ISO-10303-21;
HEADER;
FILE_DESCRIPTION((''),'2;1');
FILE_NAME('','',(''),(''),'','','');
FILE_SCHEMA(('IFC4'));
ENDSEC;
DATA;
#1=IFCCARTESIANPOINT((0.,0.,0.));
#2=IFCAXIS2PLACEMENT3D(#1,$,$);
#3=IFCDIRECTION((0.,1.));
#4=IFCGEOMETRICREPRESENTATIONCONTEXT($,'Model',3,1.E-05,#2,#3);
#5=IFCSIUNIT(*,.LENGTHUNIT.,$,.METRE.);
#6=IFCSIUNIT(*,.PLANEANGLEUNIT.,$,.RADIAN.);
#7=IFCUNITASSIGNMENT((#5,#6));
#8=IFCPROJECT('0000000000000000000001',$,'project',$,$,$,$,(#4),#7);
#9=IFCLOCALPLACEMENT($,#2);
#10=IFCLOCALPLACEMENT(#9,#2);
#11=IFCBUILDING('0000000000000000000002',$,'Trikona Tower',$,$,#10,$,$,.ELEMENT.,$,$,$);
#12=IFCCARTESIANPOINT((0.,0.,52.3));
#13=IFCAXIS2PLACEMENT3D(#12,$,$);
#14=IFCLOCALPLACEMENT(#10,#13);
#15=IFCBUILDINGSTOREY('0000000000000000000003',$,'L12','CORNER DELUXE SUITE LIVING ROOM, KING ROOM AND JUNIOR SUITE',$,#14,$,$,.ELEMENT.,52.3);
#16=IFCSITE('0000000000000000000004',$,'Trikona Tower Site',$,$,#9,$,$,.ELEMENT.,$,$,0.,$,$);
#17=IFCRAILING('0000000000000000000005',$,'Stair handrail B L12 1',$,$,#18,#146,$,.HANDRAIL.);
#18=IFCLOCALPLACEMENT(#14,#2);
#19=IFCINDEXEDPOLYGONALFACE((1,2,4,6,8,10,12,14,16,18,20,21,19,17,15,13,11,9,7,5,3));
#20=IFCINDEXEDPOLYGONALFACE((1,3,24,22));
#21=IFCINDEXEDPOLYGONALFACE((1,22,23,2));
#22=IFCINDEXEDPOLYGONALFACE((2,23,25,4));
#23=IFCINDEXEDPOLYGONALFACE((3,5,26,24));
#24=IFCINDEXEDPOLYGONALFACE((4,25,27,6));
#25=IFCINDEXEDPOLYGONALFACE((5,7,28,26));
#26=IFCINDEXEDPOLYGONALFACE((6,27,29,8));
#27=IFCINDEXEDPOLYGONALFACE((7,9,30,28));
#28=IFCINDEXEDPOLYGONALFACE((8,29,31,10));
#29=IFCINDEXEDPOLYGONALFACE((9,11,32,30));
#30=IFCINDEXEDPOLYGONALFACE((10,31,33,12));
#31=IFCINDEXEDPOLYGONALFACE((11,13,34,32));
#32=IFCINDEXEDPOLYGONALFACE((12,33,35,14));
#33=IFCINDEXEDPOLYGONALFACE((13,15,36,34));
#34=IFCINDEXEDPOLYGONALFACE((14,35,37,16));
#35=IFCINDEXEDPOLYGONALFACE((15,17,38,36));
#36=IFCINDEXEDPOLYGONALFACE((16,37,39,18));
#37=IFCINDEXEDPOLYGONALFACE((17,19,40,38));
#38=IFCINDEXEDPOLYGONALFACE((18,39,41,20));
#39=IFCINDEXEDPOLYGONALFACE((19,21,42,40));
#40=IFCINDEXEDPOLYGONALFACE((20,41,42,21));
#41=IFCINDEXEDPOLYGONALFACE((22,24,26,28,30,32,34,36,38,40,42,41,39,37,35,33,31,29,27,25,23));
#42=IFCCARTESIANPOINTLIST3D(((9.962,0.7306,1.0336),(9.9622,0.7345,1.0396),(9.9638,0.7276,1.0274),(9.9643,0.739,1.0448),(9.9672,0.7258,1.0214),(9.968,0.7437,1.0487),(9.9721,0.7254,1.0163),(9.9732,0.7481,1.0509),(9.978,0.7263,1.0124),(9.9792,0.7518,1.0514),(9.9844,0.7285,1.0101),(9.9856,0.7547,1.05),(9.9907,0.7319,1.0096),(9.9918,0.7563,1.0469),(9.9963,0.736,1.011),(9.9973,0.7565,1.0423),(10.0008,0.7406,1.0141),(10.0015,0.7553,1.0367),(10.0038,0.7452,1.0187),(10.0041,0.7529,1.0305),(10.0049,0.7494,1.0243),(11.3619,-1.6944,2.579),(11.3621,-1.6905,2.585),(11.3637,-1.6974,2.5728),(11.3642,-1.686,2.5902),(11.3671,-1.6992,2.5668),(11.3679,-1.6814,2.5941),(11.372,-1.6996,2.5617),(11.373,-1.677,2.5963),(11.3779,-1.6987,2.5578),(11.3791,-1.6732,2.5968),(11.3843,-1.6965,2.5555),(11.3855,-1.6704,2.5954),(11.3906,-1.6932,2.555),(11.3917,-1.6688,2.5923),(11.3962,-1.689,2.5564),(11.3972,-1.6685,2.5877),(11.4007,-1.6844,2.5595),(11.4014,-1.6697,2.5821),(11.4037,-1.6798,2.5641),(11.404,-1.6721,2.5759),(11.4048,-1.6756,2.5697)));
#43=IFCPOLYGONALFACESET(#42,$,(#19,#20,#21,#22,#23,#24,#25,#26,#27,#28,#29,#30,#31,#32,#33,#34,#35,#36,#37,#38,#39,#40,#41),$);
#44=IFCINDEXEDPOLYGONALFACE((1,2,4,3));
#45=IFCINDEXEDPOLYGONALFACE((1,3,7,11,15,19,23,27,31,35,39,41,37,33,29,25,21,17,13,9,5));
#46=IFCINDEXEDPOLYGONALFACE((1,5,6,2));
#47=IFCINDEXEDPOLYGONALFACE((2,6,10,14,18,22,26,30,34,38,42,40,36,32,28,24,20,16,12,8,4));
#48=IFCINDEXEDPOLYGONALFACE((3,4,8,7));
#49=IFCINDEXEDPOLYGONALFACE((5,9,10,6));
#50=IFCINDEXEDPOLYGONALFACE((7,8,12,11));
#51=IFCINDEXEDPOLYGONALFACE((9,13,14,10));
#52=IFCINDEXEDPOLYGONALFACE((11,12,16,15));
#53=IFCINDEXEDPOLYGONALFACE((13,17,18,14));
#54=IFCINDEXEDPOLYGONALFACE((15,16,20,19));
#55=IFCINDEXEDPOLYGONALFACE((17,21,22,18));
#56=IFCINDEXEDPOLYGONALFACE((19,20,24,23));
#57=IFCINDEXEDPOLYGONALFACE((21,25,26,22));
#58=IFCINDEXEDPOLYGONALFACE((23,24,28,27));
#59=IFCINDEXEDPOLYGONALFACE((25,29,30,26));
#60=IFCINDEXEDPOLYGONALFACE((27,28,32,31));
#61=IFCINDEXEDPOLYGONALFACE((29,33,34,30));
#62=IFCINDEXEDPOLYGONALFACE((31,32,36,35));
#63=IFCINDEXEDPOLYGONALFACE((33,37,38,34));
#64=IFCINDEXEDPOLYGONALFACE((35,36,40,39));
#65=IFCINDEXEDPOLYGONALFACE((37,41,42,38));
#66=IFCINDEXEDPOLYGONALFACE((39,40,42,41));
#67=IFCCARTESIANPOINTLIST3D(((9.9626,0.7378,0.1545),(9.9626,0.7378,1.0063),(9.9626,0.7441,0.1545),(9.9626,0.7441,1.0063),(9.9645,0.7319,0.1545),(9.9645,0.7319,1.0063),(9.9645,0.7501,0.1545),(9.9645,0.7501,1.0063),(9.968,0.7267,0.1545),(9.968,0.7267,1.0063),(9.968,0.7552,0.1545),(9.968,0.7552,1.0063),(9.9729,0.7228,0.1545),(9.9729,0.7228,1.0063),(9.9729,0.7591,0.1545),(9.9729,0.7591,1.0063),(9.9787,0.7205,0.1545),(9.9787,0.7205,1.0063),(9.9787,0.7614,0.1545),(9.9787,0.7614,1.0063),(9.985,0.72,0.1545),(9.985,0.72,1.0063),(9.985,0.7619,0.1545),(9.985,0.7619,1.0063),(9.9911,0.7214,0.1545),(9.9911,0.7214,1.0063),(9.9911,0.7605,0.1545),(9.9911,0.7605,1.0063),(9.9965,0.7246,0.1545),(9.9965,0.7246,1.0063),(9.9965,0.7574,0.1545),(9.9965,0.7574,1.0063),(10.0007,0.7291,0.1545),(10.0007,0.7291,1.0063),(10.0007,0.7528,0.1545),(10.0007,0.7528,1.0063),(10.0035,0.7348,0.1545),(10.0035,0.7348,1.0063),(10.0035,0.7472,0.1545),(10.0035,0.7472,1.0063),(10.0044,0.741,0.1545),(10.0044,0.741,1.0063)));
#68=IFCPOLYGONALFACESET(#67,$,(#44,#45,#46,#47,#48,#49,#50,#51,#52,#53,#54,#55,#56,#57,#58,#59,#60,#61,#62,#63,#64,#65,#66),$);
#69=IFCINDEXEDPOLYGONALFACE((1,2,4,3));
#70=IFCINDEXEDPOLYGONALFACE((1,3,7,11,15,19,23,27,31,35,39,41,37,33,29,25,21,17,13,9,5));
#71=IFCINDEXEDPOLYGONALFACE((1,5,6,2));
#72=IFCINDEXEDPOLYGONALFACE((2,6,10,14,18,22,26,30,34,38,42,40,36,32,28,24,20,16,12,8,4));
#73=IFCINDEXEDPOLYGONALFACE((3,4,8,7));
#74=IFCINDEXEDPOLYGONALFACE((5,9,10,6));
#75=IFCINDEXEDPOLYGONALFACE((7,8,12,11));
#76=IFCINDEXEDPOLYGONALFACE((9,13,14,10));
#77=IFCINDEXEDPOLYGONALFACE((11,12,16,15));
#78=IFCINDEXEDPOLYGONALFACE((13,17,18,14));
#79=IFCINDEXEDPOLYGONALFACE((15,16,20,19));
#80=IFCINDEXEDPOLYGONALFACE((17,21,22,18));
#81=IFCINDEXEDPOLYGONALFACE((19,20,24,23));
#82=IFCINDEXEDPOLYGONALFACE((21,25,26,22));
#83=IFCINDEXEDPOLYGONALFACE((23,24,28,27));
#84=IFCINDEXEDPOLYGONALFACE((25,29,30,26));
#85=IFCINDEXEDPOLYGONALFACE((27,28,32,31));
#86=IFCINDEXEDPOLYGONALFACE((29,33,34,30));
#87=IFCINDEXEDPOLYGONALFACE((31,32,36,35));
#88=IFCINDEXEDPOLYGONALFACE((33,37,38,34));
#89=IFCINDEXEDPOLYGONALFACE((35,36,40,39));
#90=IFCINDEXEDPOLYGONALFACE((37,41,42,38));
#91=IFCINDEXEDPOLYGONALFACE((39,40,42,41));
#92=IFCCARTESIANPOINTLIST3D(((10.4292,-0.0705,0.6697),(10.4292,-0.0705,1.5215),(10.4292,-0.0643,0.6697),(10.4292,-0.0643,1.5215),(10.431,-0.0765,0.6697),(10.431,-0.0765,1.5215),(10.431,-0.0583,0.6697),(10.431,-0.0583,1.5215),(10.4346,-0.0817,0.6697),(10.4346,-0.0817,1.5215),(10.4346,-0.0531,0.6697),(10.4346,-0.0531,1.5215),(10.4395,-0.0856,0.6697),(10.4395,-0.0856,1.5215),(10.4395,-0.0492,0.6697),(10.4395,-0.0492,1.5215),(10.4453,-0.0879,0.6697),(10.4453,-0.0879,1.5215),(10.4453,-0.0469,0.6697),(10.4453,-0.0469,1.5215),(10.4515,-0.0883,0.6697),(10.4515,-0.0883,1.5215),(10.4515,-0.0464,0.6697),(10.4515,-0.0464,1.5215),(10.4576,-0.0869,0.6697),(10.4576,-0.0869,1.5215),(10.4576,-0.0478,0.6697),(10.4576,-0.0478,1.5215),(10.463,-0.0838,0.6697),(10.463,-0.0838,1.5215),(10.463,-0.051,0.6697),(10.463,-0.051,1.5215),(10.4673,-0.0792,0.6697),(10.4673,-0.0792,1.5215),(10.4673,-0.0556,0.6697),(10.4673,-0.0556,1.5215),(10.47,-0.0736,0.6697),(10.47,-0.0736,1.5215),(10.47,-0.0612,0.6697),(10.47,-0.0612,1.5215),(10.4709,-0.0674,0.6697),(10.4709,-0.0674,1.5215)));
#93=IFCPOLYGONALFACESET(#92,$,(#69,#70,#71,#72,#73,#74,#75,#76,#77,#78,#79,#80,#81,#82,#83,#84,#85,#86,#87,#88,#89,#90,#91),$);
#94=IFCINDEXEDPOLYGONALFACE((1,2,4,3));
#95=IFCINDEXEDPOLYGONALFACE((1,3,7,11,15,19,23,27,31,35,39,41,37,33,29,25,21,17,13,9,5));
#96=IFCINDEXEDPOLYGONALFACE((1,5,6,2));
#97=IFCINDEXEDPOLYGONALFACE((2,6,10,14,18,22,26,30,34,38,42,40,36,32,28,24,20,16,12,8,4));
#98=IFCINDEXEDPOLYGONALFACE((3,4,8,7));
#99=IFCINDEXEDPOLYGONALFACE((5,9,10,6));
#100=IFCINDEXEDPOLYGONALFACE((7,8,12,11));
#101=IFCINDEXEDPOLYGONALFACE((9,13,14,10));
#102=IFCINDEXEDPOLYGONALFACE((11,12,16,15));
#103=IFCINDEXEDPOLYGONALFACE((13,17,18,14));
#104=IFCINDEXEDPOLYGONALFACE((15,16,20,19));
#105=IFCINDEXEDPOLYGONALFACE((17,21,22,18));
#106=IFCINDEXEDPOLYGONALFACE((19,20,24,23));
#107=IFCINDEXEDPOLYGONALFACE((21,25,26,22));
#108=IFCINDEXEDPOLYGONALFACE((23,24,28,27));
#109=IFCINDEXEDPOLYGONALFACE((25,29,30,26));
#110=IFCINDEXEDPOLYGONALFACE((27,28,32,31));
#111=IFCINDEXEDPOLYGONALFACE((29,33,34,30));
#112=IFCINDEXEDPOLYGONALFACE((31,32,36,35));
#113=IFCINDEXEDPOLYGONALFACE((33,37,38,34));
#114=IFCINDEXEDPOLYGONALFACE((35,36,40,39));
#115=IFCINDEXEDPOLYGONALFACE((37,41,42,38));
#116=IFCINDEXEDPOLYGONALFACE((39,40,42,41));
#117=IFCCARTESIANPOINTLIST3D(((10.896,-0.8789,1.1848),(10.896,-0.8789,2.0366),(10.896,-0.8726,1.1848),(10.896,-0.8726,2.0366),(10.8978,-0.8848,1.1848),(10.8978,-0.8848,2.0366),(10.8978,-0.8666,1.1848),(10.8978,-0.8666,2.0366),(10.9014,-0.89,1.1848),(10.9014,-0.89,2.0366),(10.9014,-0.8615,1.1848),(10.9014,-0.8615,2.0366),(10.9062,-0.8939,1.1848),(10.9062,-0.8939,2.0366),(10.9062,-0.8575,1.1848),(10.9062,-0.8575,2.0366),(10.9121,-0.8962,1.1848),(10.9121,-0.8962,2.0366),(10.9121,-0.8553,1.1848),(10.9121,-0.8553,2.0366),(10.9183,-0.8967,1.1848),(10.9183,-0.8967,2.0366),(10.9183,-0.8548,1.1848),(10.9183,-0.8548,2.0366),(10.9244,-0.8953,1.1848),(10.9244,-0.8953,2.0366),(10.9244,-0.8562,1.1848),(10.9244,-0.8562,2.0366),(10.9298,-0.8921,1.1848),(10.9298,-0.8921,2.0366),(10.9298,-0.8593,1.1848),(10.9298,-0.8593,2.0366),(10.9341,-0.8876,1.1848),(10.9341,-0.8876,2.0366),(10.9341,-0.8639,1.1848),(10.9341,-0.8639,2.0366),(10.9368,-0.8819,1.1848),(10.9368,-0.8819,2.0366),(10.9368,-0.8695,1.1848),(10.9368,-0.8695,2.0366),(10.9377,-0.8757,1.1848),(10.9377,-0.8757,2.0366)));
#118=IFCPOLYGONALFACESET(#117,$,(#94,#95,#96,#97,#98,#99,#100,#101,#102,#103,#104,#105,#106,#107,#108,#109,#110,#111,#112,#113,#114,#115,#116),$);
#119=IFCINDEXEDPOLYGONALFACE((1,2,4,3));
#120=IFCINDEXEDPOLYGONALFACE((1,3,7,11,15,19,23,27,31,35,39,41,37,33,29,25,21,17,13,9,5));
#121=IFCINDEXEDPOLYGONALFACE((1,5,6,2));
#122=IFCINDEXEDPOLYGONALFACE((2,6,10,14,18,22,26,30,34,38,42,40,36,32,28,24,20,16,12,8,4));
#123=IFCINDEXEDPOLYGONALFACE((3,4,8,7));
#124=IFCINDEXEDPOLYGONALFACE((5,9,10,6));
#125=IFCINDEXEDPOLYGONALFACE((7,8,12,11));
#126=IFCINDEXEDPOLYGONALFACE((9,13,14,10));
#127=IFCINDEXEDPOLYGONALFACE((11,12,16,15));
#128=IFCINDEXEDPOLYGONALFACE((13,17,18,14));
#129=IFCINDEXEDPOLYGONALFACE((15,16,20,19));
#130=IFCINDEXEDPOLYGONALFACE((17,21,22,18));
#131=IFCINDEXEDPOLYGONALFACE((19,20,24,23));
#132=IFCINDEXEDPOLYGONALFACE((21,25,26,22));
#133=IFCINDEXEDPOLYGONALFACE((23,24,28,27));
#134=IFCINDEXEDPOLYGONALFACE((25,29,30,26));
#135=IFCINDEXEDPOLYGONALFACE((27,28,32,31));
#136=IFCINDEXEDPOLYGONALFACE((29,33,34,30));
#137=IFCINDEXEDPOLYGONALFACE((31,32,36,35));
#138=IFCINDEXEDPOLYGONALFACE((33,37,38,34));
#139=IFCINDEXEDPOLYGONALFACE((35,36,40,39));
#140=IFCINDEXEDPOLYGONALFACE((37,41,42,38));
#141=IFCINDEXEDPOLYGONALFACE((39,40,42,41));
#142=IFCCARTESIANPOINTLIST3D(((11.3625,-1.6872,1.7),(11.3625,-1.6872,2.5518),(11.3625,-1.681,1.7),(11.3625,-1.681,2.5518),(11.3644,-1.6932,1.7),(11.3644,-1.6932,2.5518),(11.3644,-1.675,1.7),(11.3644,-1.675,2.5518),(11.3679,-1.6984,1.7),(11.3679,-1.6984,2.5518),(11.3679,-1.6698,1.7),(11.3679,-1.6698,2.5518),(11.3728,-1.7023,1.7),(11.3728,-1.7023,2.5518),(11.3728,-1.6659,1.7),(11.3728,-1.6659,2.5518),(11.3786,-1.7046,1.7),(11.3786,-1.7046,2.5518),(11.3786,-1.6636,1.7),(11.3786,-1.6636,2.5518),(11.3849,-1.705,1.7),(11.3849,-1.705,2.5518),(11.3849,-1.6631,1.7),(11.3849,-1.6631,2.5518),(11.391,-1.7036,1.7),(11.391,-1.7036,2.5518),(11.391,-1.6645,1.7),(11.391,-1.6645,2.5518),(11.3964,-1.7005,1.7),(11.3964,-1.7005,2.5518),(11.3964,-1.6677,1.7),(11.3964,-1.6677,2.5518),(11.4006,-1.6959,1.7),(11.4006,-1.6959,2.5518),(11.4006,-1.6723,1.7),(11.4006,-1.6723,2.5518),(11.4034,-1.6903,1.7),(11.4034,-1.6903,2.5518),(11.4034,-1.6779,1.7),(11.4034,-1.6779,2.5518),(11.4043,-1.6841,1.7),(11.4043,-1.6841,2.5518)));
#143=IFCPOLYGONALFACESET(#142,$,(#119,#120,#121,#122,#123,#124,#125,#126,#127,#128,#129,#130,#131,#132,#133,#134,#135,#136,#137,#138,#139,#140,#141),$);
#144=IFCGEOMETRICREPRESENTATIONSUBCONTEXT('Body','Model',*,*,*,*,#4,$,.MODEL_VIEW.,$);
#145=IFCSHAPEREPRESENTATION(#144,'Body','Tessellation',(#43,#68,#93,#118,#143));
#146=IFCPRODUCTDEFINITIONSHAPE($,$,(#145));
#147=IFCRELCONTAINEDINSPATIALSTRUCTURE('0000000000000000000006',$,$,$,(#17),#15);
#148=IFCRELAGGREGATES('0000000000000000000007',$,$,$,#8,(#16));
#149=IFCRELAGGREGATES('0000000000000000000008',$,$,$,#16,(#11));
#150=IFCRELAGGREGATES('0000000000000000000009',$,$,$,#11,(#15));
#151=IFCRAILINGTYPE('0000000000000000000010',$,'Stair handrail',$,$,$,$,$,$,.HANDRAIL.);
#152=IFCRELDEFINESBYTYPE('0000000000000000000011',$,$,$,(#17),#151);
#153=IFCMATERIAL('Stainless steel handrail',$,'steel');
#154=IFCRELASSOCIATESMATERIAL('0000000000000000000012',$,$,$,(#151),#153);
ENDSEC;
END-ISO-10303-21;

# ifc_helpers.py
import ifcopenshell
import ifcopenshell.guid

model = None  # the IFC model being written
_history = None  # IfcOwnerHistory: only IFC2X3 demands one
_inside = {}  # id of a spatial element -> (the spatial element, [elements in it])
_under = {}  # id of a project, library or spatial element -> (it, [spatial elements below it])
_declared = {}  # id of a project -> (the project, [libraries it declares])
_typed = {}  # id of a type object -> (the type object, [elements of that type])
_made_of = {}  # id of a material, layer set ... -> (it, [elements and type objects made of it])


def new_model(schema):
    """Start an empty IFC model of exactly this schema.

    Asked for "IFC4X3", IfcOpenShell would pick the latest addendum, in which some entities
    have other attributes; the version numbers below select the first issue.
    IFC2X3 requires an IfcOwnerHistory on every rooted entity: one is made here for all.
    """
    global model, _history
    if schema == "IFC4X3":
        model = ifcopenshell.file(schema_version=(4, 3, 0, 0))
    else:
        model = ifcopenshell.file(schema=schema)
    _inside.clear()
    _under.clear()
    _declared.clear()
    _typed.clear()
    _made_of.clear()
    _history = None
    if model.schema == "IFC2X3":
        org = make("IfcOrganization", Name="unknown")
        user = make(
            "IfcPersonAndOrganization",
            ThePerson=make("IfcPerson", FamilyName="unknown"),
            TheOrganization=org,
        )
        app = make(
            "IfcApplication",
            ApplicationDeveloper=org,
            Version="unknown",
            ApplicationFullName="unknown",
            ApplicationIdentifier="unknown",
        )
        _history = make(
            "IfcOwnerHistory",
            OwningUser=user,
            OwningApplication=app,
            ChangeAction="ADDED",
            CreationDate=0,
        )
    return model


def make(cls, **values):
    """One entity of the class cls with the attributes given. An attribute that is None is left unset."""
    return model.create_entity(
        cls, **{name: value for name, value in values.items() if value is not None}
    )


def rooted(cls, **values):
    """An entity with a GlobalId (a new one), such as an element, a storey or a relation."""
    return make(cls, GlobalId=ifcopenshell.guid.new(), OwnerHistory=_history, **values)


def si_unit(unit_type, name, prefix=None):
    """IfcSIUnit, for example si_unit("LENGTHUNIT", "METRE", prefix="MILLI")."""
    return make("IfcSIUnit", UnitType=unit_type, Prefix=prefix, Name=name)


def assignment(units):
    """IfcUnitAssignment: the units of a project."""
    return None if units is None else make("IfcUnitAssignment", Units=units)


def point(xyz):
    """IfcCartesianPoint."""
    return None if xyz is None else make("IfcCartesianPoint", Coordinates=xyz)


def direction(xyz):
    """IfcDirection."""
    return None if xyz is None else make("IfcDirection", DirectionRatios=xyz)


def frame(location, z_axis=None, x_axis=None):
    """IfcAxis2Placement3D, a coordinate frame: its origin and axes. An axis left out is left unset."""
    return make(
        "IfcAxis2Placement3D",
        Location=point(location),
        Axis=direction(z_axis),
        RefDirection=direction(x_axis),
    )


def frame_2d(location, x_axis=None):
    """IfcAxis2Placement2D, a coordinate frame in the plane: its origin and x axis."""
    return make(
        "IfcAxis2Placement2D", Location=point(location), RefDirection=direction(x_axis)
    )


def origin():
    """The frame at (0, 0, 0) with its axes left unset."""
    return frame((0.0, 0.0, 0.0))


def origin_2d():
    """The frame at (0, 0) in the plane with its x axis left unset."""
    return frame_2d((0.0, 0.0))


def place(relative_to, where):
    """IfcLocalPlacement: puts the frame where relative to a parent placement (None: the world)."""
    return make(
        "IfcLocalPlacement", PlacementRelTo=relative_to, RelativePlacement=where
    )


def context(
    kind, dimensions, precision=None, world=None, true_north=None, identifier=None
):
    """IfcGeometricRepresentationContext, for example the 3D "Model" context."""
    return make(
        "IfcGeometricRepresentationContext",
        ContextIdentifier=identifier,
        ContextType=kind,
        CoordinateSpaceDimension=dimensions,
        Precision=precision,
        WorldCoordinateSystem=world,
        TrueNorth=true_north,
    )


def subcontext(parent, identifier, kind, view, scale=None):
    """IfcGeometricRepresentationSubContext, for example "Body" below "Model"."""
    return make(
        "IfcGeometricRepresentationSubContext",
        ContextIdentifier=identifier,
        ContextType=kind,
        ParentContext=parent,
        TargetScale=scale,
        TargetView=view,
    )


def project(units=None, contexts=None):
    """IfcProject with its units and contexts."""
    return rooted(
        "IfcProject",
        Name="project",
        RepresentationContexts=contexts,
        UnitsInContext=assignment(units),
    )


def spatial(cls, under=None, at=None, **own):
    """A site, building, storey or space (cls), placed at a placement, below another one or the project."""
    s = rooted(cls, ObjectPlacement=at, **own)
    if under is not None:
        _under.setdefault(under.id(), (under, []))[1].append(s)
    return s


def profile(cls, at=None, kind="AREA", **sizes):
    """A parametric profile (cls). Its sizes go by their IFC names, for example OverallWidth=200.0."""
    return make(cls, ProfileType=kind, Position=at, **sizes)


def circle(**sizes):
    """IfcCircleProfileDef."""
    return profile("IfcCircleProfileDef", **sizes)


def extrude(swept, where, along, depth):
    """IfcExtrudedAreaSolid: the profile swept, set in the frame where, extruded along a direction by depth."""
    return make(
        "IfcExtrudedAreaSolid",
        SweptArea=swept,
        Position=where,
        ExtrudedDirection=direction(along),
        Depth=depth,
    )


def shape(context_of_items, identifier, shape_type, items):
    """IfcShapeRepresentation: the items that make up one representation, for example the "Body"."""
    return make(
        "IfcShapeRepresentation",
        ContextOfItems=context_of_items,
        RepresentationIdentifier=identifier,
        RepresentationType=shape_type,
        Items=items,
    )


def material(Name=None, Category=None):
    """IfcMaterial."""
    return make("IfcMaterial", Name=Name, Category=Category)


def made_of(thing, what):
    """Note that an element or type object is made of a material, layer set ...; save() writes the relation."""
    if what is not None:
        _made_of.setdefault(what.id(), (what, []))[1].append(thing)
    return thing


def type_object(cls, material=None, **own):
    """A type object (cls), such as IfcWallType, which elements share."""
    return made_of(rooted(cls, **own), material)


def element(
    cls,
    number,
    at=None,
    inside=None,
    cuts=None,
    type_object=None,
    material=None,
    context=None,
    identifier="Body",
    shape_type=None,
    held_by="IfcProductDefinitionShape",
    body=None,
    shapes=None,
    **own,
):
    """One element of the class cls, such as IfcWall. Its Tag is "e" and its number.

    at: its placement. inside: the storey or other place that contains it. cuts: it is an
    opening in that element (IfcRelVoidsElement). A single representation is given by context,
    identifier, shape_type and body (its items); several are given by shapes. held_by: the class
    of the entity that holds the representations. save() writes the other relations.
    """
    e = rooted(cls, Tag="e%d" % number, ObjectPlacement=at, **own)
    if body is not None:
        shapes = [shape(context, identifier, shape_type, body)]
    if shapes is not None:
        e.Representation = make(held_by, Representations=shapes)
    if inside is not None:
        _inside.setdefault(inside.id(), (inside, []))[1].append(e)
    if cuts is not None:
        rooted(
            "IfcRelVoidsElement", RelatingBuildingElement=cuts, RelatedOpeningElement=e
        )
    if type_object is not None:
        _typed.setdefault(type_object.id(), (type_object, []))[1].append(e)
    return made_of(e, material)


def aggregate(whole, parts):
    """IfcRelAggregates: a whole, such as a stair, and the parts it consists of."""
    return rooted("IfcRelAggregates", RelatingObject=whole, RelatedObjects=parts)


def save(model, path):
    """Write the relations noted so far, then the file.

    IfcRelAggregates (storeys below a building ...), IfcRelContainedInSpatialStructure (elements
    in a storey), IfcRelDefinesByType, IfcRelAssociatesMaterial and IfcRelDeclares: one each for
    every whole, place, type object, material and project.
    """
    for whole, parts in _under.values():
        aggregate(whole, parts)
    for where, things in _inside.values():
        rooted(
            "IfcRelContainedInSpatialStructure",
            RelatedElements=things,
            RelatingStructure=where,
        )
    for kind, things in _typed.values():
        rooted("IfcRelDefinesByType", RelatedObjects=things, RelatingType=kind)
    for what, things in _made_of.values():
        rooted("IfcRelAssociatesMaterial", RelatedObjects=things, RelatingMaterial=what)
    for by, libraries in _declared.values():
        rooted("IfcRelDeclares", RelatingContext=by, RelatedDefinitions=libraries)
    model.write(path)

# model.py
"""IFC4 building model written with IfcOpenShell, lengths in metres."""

from ifc_helpers import new_model, si_unit, direction, frame, origin, origin_2d, place, context, subcontext, project, spatial, circle, extrude, material, type_object, element, save


model = new_model("IFC4")

# Units and contexts
model_context = context("Model", 3, precision=1e-05, world=origin(), true_north=direction((0.0, 1.0)))
body_context = subcontext(model_context, "Body", "Model", "MODEL_VIEW")
ifc_project = project(units=[si_unit("LENGTHUNIT", "METRE"), si_unit("PLANEANGLEUNIT", "RADIAN")], contexts=[model_context])

# Site, building, storey
site_placement = place(None, origin())
site = spatial("IfcSite", under=ifc_project, at=site_placement, Name="Trikona Tower Site", CompositionType="ELEMENT", RefElevation=0.0)
building_placement = place(site_placement, origin())
building = spatial("IfcBuilding", under=site, at=building_placement, Name="Trikona Tower", CompositionType="ELEMENT")
storey_placement = place(building_placement, frame((0.0, 0.0, 52.3)))
storey = spatial("IfcBuildingStorey", under=building, at=storey_placement, Name="L12", Description="CORNER DELUXE SUITE LIVING ROOM, KING ROOM AND JUNIOR SUITE", CompositionType="ELEMENT", Elevation=52.3)

# Railing
ifc_material_1 = material(Name="Stainless steel handrail", Category="steel")
railing_type = type_object("IfcRailingType", Name="Stair handrail", PredefinedType="HANDRAIL", material=ifc_material_1)
railing_placement = place(storey_placement, frame((9.9834, 0.741, 0.1545)))
element("IfcRailing", 1, at=railing_placement, inside=storey, type_object=railing_type, Name="Stair handrail B L12 1", PredefinedType="HANDRAIL", context=body_context, shape_type="SweptSolid", body=[
    extrude(circle(Radius=0.0239, at=origin_2d()), frame((0.0, 0.0, 0.876), z_axis=(0.437707, -0.75824, 0.483203), x_axis=(0.866056, 0.499946, 0.0)), (0.0, 0.0, 1.0), 3.1982),
    extrude(circle(Radius=0.021, at=origin_2d()), origin(), (0.0, 0.0, 1.0), 0.8518),
    extrude(circle(Radius=0.021, at=origin_2d()), frame((0.4666, -0.8083, 0.5151)), (0.0, 0.0, 1.0), 0.8518),
    extrude(circle(Radius=0.021, at=origin_2d()), frame((0.9333, -1.6167, 1.0303)), (0.0, 0.0, 1.0), 0.8518),
    extrude(circle(Radius=0.021, at=origin_2d()), frame((1.3999, -2.425, 1.5454)), (0.0, 0.0, 1.0), 0.8518),
])

save(model, "model.ifc")
